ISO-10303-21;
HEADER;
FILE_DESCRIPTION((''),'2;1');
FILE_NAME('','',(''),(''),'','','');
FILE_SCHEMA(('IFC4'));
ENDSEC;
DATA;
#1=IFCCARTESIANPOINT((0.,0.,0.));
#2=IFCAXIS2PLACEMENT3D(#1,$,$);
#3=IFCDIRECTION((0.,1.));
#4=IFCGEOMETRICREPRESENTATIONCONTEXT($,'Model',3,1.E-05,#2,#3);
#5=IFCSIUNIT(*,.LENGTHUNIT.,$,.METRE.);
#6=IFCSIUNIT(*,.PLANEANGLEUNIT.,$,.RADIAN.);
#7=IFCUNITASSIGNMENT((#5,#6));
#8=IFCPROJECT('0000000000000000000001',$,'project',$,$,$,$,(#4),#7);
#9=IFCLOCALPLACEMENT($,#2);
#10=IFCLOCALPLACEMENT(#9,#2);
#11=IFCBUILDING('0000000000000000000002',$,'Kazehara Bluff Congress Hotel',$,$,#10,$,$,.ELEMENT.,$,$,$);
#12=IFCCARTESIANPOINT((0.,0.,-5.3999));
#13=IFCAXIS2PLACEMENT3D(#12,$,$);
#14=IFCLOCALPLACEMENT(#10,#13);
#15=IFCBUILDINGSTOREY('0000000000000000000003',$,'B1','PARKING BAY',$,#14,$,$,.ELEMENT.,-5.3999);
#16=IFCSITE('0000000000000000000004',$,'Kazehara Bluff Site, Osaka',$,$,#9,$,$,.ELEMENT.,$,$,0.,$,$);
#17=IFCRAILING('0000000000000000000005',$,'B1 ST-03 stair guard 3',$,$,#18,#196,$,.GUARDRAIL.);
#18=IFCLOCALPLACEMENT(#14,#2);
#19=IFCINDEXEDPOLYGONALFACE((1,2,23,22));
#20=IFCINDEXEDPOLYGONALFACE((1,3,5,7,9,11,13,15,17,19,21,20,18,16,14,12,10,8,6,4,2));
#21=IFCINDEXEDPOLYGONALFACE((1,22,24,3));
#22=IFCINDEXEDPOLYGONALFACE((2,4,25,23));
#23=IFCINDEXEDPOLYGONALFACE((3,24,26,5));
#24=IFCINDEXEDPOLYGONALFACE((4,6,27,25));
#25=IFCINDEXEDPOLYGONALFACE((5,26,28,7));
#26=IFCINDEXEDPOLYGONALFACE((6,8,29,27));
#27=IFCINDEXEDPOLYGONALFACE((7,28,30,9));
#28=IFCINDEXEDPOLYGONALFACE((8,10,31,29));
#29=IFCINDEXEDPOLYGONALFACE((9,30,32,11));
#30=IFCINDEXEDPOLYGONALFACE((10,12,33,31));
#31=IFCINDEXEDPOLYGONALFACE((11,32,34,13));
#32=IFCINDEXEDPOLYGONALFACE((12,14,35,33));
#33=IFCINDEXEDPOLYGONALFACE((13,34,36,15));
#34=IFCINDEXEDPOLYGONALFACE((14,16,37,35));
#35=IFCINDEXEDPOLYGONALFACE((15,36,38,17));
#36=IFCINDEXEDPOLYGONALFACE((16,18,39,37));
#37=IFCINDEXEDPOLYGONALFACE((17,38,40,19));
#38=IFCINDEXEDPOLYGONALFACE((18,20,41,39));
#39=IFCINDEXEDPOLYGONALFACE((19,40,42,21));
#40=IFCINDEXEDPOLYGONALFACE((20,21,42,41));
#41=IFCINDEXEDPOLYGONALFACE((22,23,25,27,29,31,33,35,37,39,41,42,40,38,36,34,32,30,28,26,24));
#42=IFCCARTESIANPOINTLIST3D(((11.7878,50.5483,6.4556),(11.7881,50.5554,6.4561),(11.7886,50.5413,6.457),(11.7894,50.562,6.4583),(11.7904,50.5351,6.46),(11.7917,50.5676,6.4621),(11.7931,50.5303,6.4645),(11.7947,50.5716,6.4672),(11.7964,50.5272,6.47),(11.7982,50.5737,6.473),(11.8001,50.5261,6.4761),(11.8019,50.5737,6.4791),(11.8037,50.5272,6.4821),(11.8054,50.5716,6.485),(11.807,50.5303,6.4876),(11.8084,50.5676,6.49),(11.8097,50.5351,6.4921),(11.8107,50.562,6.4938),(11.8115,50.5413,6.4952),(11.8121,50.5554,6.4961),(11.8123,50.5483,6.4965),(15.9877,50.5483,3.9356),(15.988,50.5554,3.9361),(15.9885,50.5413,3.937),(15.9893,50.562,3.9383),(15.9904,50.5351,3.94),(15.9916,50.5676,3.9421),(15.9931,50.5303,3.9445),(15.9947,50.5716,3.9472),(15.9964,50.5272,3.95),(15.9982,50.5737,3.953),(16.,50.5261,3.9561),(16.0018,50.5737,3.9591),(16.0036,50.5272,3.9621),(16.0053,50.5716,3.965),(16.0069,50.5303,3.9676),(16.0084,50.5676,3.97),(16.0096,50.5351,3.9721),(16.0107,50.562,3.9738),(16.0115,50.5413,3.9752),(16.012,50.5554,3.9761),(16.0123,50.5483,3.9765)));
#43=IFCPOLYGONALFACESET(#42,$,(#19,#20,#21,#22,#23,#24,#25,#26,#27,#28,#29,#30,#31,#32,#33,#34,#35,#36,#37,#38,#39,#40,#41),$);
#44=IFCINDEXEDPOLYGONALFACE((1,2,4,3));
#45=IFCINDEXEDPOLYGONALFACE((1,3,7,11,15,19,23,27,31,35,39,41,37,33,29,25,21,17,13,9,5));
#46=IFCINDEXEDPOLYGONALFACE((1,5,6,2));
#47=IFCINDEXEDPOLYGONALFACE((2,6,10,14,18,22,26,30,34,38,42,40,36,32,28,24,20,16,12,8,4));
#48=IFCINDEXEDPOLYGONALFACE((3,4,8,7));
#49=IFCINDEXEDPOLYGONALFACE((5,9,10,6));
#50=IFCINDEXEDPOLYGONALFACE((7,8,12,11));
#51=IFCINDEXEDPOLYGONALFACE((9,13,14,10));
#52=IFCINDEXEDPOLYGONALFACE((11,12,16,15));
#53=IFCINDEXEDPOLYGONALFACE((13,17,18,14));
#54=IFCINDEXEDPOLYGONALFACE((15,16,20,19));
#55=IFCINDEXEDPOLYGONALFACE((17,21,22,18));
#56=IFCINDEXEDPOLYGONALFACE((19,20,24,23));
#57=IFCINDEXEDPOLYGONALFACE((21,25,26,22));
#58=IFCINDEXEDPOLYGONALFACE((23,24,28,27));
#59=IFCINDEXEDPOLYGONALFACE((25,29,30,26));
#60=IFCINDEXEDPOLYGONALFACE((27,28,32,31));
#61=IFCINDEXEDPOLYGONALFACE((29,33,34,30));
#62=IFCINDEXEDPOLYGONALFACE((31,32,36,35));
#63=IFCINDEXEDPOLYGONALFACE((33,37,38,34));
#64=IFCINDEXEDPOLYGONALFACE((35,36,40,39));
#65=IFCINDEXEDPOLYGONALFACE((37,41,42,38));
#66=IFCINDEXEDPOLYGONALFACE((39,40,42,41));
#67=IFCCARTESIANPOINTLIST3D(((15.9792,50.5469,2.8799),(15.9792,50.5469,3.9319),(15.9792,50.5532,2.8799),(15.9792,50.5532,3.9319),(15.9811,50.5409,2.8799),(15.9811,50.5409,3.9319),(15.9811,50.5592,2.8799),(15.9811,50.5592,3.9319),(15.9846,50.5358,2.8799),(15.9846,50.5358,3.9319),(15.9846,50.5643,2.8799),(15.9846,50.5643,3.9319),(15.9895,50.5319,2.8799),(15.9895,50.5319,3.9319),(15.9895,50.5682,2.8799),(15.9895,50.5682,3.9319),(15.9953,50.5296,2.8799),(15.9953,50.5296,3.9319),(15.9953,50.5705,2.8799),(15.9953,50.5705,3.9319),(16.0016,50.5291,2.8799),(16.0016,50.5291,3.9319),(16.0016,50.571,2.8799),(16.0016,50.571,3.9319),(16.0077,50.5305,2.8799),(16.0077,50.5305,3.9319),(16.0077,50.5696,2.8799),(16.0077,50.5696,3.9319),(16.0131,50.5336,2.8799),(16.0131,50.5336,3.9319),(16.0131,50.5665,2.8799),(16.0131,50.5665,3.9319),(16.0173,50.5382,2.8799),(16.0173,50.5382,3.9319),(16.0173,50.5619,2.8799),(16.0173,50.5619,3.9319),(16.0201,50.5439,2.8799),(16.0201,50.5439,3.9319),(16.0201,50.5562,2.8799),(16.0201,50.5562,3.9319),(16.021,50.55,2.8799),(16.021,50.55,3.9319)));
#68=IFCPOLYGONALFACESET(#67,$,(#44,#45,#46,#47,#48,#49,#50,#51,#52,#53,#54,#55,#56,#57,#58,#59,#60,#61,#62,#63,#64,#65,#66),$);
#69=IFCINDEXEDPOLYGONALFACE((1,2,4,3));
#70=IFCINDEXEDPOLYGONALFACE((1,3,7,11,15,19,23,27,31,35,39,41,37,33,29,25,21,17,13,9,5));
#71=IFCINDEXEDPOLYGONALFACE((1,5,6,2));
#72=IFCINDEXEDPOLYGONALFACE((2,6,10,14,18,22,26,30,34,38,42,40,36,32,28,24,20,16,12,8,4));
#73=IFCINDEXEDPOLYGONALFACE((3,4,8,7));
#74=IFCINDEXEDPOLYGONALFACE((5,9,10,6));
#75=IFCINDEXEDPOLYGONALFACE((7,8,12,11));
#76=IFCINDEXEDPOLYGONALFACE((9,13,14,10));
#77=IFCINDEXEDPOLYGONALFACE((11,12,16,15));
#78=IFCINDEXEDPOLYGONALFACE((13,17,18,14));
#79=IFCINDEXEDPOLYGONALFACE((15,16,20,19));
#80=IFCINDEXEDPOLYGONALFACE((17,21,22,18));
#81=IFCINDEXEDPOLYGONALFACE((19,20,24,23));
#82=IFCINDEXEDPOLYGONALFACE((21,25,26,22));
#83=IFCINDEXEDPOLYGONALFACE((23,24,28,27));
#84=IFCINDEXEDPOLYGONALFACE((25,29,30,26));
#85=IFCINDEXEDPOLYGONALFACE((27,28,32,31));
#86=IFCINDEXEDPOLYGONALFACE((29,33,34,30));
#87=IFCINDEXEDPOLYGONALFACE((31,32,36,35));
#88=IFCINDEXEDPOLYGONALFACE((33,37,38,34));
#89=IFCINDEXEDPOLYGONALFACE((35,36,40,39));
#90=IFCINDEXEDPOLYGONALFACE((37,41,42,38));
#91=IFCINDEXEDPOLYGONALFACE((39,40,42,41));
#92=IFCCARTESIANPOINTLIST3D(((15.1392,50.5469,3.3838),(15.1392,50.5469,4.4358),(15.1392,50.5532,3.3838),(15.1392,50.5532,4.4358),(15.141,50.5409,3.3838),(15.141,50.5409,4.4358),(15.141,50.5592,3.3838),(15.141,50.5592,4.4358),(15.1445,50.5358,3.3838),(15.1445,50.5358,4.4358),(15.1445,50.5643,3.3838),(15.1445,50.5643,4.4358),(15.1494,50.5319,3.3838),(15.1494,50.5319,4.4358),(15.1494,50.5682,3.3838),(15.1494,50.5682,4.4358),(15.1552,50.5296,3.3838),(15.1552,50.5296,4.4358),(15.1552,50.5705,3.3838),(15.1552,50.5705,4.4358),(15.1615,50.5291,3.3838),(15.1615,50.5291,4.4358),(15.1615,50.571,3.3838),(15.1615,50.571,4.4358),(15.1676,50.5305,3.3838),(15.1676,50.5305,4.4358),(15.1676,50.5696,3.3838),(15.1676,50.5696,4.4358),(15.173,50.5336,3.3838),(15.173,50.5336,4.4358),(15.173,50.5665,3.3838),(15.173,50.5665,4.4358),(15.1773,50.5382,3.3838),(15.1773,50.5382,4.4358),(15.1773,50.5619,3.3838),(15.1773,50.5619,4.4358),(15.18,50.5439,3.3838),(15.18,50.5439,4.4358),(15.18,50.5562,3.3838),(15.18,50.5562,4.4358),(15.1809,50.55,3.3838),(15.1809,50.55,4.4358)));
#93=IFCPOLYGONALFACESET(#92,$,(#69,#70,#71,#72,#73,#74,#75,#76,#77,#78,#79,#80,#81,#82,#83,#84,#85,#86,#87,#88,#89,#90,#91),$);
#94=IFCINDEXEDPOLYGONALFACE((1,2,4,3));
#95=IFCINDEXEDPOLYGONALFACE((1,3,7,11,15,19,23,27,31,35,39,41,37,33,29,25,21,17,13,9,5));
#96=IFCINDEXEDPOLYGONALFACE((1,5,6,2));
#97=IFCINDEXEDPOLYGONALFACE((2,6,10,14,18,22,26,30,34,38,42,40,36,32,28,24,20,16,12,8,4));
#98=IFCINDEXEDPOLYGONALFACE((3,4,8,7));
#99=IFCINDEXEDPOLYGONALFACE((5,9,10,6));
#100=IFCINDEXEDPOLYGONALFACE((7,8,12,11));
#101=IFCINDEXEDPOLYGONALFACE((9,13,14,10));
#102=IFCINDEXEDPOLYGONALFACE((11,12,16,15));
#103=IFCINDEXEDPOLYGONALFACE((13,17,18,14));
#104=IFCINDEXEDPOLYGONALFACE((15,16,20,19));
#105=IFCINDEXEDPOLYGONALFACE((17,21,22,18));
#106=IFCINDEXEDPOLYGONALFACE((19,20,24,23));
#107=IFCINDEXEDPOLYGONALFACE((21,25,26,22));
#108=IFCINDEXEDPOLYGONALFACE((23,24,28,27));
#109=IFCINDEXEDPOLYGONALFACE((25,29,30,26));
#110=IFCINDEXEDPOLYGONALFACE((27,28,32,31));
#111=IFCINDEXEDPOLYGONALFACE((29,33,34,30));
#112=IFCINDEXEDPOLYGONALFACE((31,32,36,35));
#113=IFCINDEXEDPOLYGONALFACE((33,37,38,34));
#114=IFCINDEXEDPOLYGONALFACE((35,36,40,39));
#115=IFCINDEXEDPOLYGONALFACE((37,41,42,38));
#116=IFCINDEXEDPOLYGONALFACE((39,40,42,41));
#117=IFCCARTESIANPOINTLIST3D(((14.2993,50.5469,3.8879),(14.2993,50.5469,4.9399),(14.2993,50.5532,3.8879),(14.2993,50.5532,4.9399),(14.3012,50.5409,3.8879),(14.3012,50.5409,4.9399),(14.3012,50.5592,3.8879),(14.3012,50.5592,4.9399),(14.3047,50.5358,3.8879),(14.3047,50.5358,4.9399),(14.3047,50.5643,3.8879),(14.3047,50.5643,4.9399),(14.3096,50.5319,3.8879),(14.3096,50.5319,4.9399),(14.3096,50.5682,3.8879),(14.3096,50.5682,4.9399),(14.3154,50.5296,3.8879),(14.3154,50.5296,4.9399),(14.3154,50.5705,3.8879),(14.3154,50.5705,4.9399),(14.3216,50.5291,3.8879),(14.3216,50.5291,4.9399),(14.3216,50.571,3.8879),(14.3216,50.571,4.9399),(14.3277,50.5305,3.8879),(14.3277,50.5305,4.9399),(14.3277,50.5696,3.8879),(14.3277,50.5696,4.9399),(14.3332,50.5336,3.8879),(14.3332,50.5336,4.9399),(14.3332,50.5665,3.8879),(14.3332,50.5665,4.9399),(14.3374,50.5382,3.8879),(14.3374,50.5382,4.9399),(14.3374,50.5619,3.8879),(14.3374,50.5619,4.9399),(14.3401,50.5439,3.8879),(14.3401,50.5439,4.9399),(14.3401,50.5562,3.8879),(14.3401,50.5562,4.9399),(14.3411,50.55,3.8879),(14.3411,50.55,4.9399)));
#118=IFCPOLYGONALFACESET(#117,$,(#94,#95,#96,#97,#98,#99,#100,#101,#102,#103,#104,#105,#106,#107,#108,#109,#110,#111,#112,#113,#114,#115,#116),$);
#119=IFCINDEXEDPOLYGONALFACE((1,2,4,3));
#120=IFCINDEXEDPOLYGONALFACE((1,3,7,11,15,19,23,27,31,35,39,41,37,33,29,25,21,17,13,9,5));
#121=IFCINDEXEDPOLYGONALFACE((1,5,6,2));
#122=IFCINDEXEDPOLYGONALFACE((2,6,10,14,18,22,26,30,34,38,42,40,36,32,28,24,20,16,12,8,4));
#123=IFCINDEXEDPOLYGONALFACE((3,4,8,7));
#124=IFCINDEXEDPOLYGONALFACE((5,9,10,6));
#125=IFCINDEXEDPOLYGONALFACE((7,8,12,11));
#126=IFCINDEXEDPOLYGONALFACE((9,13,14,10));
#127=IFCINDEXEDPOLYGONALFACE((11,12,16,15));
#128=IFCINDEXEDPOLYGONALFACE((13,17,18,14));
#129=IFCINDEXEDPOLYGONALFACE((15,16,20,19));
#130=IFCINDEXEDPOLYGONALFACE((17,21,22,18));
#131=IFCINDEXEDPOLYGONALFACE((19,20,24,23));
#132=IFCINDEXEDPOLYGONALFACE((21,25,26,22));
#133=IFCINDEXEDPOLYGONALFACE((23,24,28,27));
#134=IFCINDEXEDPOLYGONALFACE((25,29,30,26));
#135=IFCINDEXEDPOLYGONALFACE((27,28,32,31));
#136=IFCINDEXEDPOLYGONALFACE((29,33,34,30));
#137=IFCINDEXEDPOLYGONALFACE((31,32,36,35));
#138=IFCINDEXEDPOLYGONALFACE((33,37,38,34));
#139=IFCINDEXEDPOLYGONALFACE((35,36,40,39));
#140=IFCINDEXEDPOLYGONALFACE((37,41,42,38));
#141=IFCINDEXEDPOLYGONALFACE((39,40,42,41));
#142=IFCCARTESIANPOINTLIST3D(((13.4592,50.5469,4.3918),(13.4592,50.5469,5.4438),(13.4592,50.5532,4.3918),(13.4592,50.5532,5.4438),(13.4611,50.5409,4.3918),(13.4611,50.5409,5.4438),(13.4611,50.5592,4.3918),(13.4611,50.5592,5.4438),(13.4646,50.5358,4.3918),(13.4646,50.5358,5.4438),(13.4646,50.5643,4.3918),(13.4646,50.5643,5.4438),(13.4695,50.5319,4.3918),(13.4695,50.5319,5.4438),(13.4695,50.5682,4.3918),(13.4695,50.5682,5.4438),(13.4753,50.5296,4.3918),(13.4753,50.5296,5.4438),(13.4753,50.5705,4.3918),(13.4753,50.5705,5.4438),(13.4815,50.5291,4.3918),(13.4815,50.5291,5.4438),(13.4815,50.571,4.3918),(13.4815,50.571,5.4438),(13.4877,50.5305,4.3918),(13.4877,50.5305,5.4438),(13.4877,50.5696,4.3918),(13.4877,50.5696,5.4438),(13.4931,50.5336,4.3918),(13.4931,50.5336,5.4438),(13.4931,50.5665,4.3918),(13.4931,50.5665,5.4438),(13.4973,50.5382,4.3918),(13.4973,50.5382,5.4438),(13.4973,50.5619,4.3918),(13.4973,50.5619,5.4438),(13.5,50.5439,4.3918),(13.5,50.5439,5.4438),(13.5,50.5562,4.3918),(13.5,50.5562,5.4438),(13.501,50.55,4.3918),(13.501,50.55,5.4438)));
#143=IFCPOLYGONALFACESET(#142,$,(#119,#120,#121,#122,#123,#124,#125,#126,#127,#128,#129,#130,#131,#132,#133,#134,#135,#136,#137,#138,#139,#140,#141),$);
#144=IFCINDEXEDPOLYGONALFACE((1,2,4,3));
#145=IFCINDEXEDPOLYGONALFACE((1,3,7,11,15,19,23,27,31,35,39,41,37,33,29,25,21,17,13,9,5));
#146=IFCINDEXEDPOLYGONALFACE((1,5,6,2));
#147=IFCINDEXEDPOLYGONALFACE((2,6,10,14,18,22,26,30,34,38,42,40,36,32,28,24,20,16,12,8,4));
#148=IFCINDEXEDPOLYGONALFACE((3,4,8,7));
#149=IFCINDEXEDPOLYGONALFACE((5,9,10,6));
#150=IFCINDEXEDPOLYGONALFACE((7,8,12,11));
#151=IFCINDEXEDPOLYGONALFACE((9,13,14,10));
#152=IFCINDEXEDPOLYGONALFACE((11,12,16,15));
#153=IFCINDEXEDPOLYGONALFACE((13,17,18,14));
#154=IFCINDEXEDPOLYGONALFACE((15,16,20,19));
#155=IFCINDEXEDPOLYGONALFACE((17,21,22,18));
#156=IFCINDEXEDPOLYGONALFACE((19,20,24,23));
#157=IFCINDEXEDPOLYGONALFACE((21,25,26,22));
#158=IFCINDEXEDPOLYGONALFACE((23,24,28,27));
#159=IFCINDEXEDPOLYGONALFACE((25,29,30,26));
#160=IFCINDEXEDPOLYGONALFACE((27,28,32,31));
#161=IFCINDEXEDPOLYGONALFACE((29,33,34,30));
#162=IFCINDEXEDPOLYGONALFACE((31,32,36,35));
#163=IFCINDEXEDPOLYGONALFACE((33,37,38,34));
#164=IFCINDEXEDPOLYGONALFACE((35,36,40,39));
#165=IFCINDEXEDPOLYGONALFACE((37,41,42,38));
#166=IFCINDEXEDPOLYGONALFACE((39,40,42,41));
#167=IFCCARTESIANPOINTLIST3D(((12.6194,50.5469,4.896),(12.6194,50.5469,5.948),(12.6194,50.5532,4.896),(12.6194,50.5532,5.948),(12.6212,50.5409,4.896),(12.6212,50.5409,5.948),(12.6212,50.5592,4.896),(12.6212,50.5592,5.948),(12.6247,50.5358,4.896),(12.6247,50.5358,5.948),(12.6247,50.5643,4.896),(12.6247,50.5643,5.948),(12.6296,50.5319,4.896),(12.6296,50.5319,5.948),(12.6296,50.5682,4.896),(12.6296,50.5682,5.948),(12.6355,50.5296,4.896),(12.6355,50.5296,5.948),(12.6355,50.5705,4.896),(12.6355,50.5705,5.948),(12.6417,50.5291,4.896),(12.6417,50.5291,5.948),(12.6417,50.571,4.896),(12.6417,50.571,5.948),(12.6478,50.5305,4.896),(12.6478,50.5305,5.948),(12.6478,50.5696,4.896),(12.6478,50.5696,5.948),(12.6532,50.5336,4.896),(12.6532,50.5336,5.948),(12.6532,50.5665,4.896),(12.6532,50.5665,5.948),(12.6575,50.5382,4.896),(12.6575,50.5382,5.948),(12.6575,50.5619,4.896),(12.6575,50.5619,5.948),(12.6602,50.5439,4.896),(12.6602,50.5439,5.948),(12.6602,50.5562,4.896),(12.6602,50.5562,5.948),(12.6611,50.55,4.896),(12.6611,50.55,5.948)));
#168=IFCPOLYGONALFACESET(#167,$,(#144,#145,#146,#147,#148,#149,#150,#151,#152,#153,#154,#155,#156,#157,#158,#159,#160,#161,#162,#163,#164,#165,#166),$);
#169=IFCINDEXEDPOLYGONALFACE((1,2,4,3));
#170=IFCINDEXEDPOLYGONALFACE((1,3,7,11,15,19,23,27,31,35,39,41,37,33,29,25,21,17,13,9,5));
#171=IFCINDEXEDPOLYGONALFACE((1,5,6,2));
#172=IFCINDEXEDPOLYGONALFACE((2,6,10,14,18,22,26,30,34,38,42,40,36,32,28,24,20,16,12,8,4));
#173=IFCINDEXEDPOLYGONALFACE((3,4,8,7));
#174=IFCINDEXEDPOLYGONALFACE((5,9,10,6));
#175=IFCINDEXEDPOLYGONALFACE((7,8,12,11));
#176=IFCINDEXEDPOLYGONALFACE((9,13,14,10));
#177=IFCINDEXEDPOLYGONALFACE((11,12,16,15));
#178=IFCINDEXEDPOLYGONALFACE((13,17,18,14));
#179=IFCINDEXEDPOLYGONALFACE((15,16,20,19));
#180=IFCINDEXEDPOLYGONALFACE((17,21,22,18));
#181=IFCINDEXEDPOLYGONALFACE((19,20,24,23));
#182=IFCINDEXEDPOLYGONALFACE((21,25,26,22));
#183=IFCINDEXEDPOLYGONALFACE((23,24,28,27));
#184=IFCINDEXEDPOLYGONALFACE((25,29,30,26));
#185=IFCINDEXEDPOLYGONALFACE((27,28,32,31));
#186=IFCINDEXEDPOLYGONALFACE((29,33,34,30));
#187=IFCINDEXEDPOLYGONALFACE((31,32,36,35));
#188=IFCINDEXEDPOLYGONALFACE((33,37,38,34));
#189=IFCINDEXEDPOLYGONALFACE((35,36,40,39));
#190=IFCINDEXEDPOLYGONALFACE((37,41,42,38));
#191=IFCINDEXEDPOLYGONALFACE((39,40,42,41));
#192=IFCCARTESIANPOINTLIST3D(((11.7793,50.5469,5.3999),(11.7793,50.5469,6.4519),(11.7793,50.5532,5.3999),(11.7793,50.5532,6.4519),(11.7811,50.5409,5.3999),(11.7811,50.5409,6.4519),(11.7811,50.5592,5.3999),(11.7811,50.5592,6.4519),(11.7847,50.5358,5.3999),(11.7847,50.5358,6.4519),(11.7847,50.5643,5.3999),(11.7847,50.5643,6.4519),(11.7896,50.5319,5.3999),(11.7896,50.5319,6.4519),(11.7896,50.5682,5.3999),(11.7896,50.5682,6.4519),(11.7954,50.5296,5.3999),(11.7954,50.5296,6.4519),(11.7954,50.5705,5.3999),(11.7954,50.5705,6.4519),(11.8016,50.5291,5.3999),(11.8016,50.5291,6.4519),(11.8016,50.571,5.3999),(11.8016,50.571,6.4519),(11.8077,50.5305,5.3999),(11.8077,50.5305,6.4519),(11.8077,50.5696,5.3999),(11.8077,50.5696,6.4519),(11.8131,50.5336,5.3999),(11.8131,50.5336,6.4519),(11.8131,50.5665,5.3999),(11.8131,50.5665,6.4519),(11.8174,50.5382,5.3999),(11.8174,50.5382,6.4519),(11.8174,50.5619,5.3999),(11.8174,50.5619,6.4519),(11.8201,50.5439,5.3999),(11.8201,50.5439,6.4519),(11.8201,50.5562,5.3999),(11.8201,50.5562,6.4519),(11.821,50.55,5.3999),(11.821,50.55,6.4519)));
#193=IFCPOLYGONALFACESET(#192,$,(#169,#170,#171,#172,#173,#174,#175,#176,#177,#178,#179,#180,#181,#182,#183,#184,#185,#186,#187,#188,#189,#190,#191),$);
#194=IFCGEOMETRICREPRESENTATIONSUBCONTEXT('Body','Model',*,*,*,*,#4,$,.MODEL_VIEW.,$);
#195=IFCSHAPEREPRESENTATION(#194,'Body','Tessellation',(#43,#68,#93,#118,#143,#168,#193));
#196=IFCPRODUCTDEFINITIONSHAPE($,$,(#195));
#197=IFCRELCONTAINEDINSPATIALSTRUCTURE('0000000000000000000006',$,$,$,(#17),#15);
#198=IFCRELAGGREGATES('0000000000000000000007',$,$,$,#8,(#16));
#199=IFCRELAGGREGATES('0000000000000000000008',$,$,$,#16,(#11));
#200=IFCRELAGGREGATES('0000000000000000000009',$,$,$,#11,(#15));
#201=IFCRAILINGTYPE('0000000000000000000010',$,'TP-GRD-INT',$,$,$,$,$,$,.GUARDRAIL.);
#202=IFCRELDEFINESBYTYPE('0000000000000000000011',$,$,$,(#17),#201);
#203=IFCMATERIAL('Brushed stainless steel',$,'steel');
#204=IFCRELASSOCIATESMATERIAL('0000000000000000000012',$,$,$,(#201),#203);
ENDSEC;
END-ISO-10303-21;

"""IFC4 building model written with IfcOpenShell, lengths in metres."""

from ifc_helpers import new_model, si_unit, direction, frame, origin, origin_2d, place, context, subcontext, project, spatial, circle, extrude, material, type_object, element, save


model = new_model("IFC4")

# Units and contexts
model_context = context("Model", 3, precision=1e-05, world=origin(), true_north=direction((0.0, 1.0)))
body_context = subcontext(model_context, "Body", "Model", "MODEL_VIEW")
ifc_project = project(units=[si_unit("LENGTHUNIT", "METRE"), si_unit("PLANEANGLEUNIT", "RADIAN")], contexts=[model_context])

# Site, building, storey
site_placement = place(None, origin())
site = spatial("IfcSite", under=ifc_project, at=site_placement, Name="Kazehara Bluff Site, Osaka", CompositionType="ELEMENT", RefElevation=0.0)
building_placement = place(site_placement, origin())
building = spatial("IfcBuilding", under=site, at=building_placement, Name="Kazehara Bluff Congress Hotel", CompositionType="ELEMENT")
storey_placement = place(building_placement, frame((0.0, 0.0, -5.3999)))
storey = spatial("IfcBuildingStorey", under=building, at=storey_placement, Name="B1", Description="PARKING BAY", CompositionType="ELEMENT", Elevation=-5.3999)

# Railing
ifc_material_1 = material(Name="Brushed stainless steel", Category="steel")
railing_type_1 = type_object("IfcRailingType", Name="TP-GRD-INT", PredefinedType="GUARDRAIL", material=ifc_material_1)
railing_1_placement = place(storey_placement, frame((16.0, 50.55, 2.8799)))
element("IfcRailing", 1, at=railing_1_placement, inside=storey, type_object=railing_type_1, Name="B1 ST-03 stair guard 3", PredefinedType="GUARDRAIL", context=body_context, shape_type="SweptSolid", body=[
    extrude(circle(Radius=0.0239, at=origin_2d()), frame((0.0, 0.0, 1.0762), z_axis=(-0.857489, 0.0, 0.514503), x_axis=(0.0, -1.0, 0.0)), (0.0, 0.0, 1.0), 4.8979),
    extrude(circle(Radius=0.021, at=origin_2d()), origin(), (0.0, 0.0, 1.0), 1.052),
    extrude(circle(Radius=0.021, at=origin_2d()), frame((-0.8401, 0.0, 0.5039)), (0.0, 0.0, 1.0), 1.052),
    extrude(circle(Radius=0.021, at=origin_2d()), frame((-1.6799, 0.0, 1.0081)), (0.0, 0.0, 1.0), 1.052),
    extrude(circle(Radius=0.021, at=origin_2d()), frame((-2.52, 0.0, 1.512)), (0.0, 0.0, 1.0), 1.052),
    extrude(circle(Radius=0.021, at=origin_2d()), frame((-3.3599, 0.0, 2.0161)), (0.0, 0.0, 1.0), 1.052),
    extrude(circle(Radius=0.021, at=origin_2d()), frame((-4.2, 0.0, 2.52)), (0.0, 0.0, 1.0), 1.052),
])

save(model, "model.ifc")
